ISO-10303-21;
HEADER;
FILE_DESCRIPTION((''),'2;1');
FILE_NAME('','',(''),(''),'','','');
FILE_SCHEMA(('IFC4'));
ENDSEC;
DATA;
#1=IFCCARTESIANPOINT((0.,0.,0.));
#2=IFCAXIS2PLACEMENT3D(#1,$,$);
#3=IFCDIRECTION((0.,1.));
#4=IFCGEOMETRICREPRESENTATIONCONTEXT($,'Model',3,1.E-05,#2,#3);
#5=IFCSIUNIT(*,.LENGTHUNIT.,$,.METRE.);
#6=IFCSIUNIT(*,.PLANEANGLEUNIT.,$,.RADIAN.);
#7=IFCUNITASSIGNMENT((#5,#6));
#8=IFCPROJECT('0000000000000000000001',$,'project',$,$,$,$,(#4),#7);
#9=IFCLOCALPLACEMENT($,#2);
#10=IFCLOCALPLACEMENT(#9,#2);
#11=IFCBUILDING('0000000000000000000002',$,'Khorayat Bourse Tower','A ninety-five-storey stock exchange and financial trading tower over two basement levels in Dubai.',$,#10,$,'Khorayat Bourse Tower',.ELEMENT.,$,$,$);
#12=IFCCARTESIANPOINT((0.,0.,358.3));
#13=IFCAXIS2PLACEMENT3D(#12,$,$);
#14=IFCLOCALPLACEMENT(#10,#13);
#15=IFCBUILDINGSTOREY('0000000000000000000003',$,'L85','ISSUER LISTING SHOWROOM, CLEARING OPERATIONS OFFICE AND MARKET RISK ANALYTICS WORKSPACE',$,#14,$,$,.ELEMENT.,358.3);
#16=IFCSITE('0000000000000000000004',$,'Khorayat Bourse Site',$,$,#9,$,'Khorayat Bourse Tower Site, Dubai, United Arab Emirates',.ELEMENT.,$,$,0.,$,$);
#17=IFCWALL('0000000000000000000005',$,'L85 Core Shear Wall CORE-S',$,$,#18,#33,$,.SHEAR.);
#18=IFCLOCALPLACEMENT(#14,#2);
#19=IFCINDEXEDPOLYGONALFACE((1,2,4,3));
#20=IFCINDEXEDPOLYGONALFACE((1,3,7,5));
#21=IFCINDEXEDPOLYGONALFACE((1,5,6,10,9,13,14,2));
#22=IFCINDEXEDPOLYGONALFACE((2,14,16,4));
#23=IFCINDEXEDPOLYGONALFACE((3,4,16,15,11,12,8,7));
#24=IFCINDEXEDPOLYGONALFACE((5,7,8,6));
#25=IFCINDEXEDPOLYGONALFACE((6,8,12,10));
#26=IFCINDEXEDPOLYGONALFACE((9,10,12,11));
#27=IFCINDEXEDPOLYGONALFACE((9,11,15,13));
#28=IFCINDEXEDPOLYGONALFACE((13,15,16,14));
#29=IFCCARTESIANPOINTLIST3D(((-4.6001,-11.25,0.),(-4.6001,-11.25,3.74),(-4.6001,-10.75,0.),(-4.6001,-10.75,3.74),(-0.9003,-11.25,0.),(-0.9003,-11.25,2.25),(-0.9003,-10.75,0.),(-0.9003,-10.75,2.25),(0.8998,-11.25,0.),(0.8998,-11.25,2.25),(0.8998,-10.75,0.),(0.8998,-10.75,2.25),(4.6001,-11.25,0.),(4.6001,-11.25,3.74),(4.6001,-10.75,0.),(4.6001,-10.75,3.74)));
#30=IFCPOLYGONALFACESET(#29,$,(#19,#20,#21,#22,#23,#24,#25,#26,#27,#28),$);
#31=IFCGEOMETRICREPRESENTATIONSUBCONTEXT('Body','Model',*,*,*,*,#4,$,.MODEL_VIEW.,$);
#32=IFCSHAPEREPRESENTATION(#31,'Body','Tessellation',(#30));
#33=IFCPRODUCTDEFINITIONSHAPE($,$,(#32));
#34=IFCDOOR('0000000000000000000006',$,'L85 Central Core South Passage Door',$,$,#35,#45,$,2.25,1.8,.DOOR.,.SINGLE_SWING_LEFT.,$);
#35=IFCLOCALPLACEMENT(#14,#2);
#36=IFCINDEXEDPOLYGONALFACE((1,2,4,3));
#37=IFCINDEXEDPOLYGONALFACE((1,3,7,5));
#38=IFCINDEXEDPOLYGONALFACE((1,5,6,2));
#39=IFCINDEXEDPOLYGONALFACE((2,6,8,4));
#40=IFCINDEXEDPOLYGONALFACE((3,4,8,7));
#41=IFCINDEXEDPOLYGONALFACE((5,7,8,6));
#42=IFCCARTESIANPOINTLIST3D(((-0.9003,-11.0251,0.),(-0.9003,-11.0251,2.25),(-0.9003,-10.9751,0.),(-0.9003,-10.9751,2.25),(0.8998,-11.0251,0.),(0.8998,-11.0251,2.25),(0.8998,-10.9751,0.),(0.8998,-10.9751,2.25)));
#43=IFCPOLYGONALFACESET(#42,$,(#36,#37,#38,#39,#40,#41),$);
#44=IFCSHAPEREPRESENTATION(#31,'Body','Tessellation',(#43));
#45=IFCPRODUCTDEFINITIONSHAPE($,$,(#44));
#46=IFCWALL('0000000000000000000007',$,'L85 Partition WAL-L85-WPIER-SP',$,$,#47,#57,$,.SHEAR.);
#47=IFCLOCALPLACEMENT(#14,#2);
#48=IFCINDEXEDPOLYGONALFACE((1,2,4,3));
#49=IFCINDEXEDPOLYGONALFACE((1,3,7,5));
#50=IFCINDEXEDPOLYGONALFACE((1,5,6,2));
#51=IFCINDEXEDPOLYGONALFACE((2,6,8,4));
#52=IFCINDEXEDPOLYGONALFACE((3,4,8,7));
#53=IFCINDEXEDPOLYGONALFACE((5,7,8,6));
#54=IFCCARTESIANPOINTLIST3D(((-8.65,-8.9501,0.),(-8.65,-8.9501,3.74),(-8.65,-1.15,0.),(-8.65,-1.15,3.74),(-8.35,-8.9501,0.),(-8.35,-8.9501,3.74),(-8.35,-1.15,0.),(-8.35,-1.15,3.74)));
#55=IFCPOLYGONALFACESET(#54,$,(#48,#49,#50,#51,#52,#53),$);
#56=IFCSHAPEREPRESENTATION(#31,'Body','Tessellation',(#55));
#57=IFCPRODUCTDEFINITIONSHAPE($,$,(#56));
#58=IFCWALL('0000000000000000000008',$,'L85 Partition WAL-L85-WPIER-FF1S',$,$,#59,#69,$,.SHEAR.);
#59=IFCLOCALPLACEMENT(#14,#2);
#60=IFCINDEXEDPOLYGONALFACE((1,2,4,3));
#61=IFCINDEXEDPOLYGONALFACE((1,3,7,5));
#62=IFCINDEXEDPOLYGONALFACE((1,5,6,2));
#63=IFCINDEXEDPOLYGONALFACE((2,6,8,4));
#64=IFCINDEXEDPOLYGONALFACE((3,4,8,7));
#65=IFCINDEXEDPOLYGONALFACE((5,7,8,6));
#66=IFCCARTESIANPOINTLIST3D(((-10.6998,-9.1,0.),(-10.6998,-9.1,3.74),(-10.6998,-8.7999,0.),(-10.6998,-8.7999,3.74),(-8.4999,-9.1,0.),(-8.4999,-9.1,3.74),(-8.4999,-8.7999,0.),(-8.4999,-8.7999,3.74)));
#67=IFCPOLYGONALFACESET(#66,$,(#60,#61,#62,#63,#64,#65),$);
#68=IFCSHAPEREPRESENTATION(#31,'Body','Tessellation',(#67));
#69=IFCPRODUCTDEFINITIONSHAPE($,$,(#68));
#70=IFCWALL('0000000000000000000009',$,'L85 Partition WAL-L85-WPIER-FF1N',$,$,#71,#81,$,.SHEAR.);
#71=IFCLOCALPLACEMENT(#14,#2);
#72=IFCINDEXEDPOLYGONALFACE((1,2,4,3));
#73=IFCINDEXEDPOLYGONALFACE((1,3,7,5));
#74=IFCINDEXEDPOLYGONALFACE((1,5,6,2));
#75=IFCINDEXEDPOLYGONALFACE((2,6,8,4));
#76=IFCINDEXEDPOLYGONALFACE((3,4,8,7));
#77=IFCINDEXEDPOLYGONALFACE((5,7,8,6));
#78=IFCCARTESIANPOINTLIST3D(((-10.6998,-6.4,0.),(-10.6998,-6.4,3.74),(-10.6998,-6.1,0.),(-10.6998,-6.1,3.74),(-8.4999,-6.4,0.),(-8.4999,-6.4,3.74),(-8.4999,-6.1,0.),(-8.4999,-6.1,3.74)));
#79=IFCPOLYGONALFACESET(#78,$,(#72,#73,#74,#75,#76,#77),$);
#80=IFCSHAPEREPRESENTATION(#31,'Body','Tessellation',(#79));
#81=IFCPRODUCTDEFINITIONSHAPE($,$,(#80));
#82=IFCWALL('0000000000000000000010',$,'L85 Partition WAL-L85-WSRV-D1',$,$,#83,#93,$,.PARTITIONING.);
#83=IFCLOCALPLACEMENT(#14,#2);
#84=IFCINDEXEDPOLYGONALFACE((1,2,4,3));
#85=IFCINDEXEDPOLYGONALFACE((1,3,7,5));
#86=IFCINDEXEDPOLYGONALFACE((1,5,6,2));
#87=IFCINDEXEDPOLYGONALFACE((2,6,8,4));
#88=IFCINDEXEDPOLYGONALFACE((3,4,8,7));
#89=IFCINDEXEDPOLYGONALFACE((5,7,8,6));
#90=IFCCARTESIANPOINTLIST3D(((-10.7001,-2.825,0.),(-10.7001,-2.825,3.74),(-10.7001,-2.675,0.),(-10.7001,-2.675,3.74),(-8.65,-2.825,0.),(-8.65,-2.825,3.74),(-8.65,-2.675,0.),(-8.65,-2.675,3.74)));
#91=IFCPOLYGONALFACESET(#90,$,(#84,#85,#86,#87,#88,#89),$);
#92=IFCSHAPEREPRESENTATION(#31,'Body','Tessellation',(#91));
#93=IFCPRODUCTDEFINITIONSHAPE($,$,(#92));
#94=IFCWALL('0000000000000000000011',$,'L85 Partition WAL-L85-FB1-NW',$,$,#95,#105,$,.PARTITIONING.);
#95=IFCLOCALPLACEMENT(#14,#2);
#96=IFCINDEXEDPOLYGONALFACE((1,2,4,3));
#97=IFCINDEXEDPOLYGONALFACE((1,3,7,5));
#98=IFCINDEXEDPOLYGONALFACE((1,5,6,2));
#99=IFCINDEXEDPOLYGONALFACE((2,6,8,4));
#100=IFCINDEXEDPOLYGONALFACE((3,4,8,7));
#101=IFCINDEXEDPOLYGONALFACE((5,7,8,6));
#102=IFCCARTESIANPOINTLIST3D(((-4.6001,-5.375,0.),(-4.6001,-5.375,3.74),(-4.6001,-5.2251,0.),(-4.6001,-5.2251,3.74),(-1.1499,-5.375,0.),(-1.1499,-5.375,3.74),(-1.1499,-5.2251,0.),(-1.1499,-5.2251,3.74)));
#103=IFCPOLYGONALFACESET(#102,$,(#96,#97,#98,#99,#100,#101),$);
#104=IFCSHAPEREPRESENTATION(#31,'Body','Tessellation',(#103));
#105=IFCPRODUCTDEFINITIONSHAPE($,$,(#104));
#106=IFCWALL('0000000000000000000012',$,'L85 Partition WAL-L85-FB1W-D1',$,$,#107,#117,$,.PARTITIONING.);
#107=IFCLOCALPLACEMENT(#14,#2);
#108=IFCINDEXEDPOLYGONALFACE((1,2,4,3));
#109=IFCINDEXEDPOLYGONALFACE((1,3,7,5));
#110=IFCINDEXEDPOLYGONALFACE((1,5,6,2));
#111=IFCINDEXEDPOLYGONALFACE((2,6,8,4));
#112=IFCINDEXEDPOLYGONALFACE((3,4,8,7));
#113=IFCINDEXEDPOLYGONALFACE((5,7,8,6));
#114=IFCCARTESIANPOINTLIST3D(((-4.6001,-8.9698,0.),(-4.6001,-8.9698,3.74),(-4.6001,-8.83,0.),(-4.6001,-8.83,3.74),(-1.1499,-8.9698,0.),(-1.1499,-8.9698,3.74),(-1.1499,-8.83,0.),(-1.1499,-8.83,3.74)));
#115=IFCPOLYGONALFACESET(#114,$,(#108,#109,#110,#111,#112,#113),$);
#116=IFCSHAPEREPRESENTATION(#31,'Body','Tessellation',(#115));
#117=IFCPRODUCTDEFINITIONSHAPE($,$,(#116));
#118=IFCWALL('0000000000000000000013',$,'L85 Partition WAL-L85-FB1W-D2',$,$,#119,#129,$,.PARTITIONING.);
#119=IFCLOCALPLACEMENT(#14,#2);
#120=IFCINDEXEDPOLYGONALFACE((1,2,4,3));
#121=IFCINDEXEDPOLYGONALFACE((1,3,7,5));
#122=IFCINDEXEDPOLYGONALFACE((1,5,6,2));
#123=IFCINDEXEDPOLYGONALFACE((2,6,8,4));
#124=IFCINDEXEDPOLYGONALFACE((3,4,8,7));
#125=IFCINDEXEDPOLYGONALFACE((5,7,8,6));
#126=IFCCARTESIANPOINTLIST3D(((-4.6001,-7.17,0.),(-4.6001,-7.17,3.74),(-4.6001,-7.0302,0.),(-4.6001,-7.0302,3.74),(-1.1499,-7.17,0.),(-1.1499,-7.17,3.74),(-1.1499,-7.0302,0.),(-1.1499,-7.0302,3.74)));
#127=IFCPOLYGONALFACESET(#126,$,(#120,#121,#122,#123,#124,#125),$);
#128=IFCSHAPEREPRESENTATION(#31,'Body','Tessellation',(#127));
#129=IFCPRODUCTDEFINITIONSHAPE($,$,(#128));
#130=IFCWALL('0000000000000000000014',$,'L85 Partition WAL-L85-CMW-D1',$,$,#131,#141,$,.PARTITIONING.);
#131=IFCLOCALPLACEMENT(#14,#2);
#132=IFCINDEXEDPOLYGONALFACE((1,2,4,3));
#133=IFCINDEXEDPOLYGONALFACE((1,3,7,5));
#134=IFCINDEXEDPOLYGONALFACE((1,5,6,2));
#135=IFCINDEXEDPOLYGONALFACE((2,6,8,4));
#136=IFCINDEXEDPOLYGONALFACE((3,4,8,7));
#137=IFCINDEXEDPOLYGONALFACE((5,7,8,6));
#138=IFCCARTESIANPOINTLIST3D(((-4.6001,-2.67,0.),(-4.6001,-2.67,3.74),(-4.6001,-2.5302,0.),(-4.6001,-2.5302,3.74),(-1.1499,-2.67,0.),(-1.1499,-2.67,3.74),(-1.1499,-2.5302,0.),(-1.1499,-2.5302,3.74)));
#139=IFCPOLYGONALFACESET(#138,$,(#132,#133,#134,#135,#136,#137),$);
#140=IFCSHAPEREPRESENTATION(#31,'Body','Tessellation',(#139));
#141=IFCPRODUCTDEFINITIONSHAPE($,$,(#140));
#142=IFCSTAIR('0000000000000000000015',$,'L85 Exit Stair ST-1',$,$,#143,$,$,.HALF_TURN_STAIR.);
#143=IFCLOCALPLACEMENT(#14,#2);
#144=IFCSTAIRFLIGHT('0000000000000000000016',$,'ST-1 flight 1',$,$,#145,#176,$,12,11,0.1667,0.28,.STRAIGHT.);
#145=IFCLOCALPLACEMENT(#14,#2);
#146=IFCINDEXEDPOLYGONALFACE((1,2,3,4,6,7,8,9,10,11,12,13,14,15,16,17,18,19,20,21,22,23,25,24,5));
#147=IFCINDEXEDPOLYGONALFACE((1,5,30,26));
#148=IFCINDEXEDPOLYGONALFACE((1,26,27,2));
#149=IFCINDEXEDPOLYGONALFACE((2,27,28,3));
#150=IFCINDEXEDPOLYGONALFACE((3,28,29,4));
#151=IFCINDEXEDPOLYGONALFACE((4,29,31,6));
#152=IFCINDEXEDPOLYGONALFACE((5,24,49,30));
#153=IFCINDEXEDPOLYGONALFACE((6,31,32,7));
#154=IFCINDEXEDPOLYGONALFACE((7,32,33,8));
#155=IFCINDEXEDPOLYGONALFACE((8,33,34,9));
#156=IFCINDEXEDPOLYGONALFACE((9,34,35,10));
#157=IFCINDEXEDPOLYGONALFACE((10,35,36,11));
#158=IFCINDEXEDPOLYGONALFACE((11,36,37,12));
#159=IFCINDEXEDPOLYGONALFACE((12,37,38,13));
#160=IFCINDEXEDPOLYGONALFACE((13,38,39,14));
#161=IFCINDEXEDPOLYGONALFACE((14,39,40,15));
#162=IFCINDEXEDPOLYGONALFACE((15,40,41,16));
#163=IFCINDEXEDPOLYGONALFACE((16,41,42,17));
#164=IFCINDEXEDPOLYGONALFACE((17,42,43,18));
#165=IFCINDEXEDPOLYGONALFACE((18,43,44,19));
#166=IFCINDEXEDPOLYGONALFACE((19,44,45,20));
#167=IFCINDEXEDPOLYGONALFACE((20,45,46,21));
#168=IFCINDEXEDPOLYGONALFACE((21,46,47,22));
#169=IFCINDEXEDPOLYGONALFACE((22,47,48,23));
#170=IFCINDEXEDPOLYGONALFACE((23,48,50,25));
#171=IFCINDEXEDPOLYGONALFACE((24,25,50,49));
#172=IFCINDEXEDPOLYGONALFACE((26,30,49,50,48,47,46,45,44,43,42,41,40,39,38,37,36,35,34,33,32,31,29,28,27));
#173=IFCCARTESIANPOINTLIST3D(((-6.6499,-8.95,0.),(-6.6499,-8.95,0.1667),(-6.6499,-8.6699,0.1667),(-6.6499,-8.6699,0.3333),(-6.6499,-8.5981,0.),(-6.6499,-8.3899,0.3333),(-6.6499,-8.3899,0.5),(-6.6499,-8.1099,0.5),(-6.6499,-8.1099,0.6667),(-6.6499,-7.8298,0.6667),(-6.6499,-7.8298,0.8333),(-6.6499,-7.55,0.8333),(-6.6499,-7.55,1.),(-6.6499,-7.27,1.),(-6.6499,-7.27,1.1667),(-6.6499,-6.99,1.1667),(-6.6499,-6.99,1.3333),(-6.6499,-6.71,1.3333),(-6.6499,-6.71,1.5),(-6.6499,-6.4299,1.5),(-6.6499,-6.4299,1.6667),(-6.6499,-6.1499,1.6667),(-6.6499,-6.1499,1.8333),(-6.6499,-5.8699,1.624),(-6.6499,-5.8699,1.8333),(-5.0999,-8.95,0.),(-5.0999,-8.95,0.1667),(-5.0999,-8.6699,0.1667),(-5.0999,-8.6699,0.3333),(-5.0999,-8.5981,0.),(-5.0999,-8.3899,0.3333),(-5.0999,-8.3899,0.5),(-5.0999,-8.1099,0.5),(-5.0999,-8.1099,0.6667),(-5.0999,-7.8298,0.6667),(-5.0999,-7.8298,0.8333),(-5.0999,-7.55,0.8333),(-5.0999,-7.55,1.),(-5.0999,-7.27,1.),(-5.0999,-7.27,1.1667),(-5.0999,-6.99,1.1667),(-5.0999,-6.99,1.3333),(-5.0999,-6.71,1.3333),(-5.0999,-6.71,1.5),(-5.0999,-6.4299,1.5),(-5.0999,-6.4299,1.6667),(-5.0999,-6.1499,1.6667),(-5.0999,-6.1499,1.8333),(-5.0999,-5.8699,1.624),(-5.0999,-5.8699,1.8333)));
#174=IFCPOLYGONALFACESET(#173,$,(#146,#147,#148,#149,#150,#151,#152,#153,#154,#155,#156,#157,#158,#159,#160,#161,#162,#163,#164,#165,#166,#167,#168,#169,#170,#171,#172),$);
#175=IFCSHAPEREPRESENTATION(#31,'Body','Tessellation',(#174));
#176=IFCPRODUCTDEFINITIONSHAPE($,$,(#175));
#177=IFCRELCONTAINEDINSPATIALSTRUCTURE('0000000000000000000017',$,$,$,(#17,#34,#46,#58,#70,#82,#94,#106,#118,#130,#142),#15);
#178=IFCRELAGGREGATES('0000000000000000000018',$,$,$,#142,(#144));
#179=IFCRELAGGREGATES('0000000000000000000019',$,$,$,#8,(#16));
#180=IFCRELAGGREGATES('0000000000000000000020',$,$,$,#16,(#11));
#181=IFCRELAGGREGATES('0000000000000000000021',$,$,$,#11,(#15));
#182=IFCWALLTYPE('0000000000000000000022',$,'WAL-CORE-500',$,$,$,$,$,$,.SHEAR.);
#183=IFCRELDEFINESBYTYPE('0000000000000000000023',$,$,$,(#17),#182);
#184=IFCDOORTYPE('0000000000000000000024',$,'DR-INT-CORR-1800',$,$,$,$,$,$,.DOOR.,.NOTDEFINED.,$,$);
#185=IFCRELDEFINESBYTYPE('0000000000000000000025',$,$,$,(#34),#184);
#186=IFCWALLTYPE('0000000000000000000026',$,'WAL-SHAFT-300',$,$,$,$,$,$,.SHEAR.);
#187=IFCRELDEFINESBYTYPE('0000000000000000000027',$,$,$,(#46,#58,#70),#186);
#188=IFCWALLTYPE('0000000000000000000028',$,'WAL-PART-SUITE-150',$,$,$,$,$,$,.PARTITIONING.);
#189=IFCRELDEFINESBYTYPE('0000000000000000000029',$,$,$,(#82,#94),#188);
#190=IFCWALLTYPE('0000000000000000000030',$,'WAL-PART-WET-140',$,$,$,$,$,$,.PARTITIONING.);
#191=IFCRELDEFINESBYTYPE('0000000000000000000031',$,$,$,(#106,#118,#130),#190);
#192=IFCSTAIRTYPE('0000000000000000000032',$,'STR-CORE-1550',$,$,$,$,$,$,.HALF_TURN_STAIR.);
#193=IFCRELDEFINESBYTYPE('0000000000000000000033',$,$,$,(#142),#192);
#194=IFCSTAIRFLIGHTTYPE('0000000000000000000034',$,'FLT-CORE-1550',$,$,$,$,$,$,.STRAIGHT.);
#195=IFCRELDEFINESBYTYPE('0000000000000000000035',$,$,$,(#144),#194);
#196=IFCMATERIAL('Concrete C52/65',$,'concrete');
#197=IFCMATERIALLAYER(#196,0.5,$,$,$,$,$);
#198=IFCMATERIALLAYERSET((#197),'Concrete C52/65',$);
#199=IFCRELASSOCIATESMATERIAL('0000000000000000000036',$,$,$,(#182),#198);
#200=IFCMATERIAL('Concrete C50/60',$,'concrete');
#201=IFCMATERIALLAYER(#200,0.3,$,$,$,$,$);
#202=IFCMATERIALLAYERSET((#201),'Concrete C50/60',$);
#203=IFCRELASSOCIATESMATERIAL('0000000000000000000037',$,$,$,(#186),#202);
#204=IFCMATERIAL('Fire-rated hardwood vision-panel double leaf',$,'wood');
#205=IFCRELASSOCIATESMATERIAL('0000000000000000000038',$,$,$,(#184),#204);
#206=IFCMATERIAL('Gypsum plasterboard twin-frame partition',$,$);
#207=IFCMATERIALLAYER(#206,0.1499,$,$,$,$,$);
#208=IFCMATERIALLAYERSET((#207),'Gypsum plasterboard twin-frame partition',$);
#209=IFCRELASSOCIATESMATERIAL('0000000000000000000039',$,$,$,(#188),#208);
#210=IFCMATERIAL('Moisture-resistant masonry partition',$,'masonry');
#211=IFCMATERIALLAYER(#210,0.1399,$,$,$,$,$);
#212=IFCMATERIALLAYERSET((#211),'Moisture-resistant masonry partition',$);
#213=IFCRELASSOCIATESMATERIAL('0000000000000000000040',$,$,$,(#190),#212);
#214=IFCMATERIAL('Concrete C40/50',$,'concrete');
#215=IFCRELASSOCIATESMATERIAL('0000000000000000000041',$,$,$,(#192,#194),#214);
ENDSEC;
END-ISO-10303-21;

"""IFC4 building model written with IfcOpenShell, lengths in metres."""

from ifc_helpers import new_model, si_unit, direction, frame, frame_2d, origin, place, context, subcontext, project, spatial, polyline, rectangle, outline, extrude, source, transform, mapped, material, layer, layer_set, type_object, element, fill, aggregate, save


model = new_model("IFC4")

# Units and contexts
model_context = context("Model", 3, precision=1e-05, world=origin(), true_north=direction((0.0, 1.0)))
body_context = subcontext(model_context, "Body", "Model", "MODEL_VIEW")
ifc_project = project(units=[si_unit("LENGTHUNIT", "METRE"), si_unit("PLANEANGLEUNIT", "RADIAN")], contexts=[model_context])

# Site, building, storey
site_placement = place(None, origin())
site = spatial("IfcSite", under=ifc_project, at=site_placement, Name="Khorayat Bourse Site", LongName="Khorayat Bourse Tower Site, Dubai, United Arab Emirates", CompositionType="ELEMENT", RefElevation=0.0)
building_placement = place(site_placement, origin())
building = spatial("IfcBuilding", under=site, at=building_placement, Name="Khorayat Bourse Tower", Description="A ninety-five-storey stock exchange and financial trading tower over two basement levels in Dubai.", LongName="Khorayat Bourse Tower", CompositionType="ELEMENT")
storey_placement = place(building_placement, frame((0.0, 0.0, 358.3)))
storey = spatial("IfcBuildingStorey", under=building, at=storey_placement, Name="L85", Description="ISSUER LISTING SHOWROOM, CLEARING OPERATIONS OFFICE AND MARKET RISK ANALYTICS WORKSPACE", CompositionType="ELEMENT", Elevation=358.3)

# Shared definitions
ifc_material_1 = material(Name="Concrete C52/65", Category="concrete")

# Shared definitions
ifc_layer_1 = layer(ifc_material_1, 0.5)
ifc_layer_set_1 = layer_set([ifc_layer_1], Name="Concrete C52/65")
wall_type_1 = type_object("IfcWallType", Name="WAL-CORE-500", PredefinedType="SHEAR", material=ifc_layer_set_1)
ifc_material_2 = material(Name="Concrete C50/60", Category="concrete")
ifc_layer_2 = layer(ifc_material_2, 0.3)
ifc_layer_set_2 = layer_set([ifc_layer_2], Name="Concrete C50/60")
wall_type_2 = type_object("IfcWallType", Name="WAL-SHAFT-300", PredefinedType="SHEAR", material=ifc_layer_set_2)

# Wall, opening, door
shared_shape_1 = source(origin(), body_context, "Body", "SweptSolid", [
    extrude(rectangle(XDim=9.2002, YDim=0.5, at=frame_2d((4.6001, 0.0))), origin(), (0.0, 0.0, 1.0), 3.74),
])
wall_1_placement = place(storey_placement, frame((-4.6001, -11.0, 0.0), z_axis=(0.0, 0.0, 1.0), x_axis=(1.0, 0.0, 0.0)))
wall_1 = element("IfcWall", 1, at=wall_1_placement, inside=storey, type_object=wall_type_1, Name="L85 Core Shear Wall CORE-S", PredefinedType="SHEAR", context=body_context, shape_type="MappedRepresentation", body=[
    mapped(shared_shape_1, transform((0.0, 0.0, 0.0), scale=1.0)),
])
shared_shape_2 = source(origin(), body_context, "Body", "SweptSolid", [
    extrude(rectangle(XDim=1.8, YDim=2.25, at=frame_2d((0.8999, 1.125))), frame((0.0, 0.26, 0.0), z_axis=(0.0, -1.0, 0.0), x_axis=(1.0, 0.0, 0.0)), (0.0, 0.0, 1.0), 0.52),
])
opening_placement = place(wall_1_placement, frame((3.7, 0.0, 0.0)))
opening = element("IfcOpeningElement", 2, at=opening_placement, cuts=wall_1, PredefinedType="OPENING", context=body_context, shape_type="MappedRepresentation", body=[
    mapped(shared_shape_2, transform((0.0, 0.0, 0.0), scale=1.0)),
])
ifc_material_3 = material(Name="Fire-rated hardwood vision-panel double leaf", Category="wood")
door_type = type_object("IfcDoorType", Name="DR-INT-CORR-1800", OperationType="NOTDEFINED", PredefinedType="DOOR", material=ifc_material_3)
shared_shape_3 = source(origin(), body_context, "Body", "SweptSolid", [
    extrude(rectangle(XDim=1.8, YDim=2.25, at=frame_2d((0.8999, 1.125))), frame((0.0, 0.0249, 0.0), z_axis=(0.0, -1.0, 0.0), x_axis=(1.0, 0.0, 0.0)), (0.0, 0.0, 1.0), 0.05),
])
door_placement = place(opening_placement, origin())
door = element("IfcDoor", 3, at=door_placement, inside=storey, type_object=door_type, Name="L85 Central Core South Passage Door", OperationType="SINGLE_SWING_LEFT", OverallHeight=2.25, OverallWidth=1.8, PredefinedType="DOOR", context=body_context, shape_type="MappedRepresentation", body=[
    mapped(shared_shape_3, transform((0.0, 0.0, 0.0), scale=1.0)),
])
fill(opening, door)

# Walls
shared_shape_4 = source(origin(), body_context, "Body", "SweptSolid", [
    extrude(rectangle(XDim=7.8, YDim=0.3, at=frame_2d((3.8999, 0.0))), origin(), (0.0, 0.0, 1.0), 3.74),
])
wall_2_placement = place(storey_placement, frame((-8.5, -8.95, 0.0), z_axis=(0.0, 0.0, 1.0), x_axis=(0.0, 1.0, 0.0)))
element("IfcWall", 4, at=wall_2_placement, inside=storey, type_object=wall_type_2, Name="L85 Partition WAL-L85-WPIER-SP", PredefinedType="SHEAR", context=body_context, shape_type="MappedRepresentation", body=[
    mapped(shared_shape_4, transform((0.0, 0.0, 0.0), scale=1.0)),
])
shared_shape_5 = source(origin(), body_context, "Body", "SweptSolid", [
    extrude(rectangle(XDim=2.2, YDim=0.3, at=frame_2d((1.1001, 0.0))), origin(), (0.0, 0.0, 1.0), 3.74),
])
for number, where, z_axis, x_axis, name in (
    (5, (-10.7, -8.95, 0.0), (0.0, 0.0, 1.0), (1.0, 0.0, 0.0), "L85 Partition WAL-L85-WPIER-FF1S"),
    (6, (-10.7, -6.25, 0.0), (0.0, 0.0, 1.0), (1.0, 0.0, 0.0), "L85 Partition WAL-L85-WPIER-FF1N"),
):
    element("IfcWall", number, at=place(storey_placement, frame(where, z_axis=z_axis, x_axis=x_axis)), inside=storey, type_object=wall_type_2, Name=name, PredefinedType="SHEAR", context=body_context, shape_type="MappedRepresentation", body=[
        mapped(shared_shape_5, transform((0.0, 0.0, 0.0), scale=1.0)),
    ])
ifc_material_4 = material(Name="Gypsum plasterboard twin-frame partition")
ifc_layer_3 = layer(ifc_material_4, 0.1499)
ifc_layer_set_3 = layer_set([ifc_layer_3], Name="Gypsum plasterboard twin-frame partition")
wall_type_3 = type_object("IfcWallType", Name="WAL-PART-SUITE-150", PredefinedType="PARTITIONING", material=ifc_layer_set_3)
shared_shape_6 = source(origin(), body_context, "Body", "SweptSolid", [
    extrude(rectangle(XDim=2.05, YDim=0.1499, at=frame_2d((1.0249, 0.0))), origin(), (0.0, 0.0, 1.0), 3.74),
])
wall_3_placement = place(storey_placement, frame((-10.7, -2.75, 0.0), z_axis=(0.0, 0.0, 1.0), x_axis=(1.0, 0.0, 0.0)))
element("IfcWall", 7, at=wall_3_placement, inside=storey, type_object=wall_type_3, Name="L85 Partition WAL-L85-WSRV-D1", PredefinedType="PARTITIONING", context=body_context, shape_type="MappedRepresentation", body=[
    mapped(shared_shape_6, transform((0.0, 0.0, 0.0), scale=1.0)),
])
shared_shape_7 = source(origin(), body_context, "Body", "SweptSolid", [
    extrude(rectangle(XDim=3.4502, YDim=0.1499, at=frame_2d((1.7251, 0.0))), origin(), (0.0, 0.0, 1.0), 3.74),
])
wall_4_placement = place(storey_placement, frame((-4.6001, -5.3, 0.0), z_axis=(0.0, 0.0, 1.0), x_axis=(1.0, 0.0, 0.0)))
element("IfcWall", 8, at=wall_4_placement, inside=storey, type_object=wall_type_3, Name="L85 Partition WAL-L85-FB1-NW", PredefinedType="PARTITIONING", context=body_context, shape_type="MappedRepresentation", body=[
    mapped(shared_shape_7, transform((0.0, 0.0, 0.0), scale=1.0)),
])
ifc_material_5 = material(Name="Moisture-resistant masonry partition", Category="masonry")
ifc_layer_4 = layer(ifc_material_5, 0.1399)
ifc_layer_set_4 = layer_set([ifc_layer_4], Name="Moisture-resistant masonry partition")
wall_type_4 = type_object("IfcWallType", Name="WAL-PART-WET-140", PredefinedType="PARTITIONING", material=ifc_layer_set_4)
shared_shape_8 = source(origin(), body_context, "Body", "SweptSolid", [
    extrude(rectangle(XDim=3.4502, YDim=0.1399, at=frame_2d((1.7251, 0.0))), origin(), (0.0, 0.0, 1.0), 3.74),
])
for number, where, z_axis, x_axis, name in (
    (9, (-4.6001, -8.8999, 0.0), (0.0, 0.0, 1.0), (1.0, 0.0, 0.0), "L85 Partition WAL-L85-FB1W-D1"),
    (10, (-4.6001, -7.1001, 0.0), (0.0, 0.0, 1.0), (1.0, 0.0, 0.0), "L85 Partition WAL-L85-FB1W-D2"),
    (11, (-4.6001, -2.6001, 0.0), (0.0, 0.0, 1.0), (1.0, 0.0, 0.0), "L85 Partition WAL-L85-CMW-D1"),
):
    element("IfcWall", number, at=place(storey_placement, frame(where, z_axis=z_axis, x_axis=x_axis)), inside=storey, type_object=wall_type_4, Name=name, PredefinedType="PARTITIONING", context=body_context, shape_type="MappedRepresentation", body=[
        mapped(shared_shape_8, transform((0.0, 0.0, 0.0), scale=1.0)),
    ])

# Stair, stair flight
ifc_material_6 = material(Name="Concrete C40/50", Category="concrete")
stair_type = type_object("IfcStairType", Name="STR-CORE-1550", PredefinedType="HALF_TURN_STAIR", material=ifc_material_6)
stair_placement = place(storey_placement, origin())
stair = element("IfcStair", 12, at=stair_placement, inside=storey, type_object=stair_type, Name="L85 Exit Stair ST-1", PredefinedType="HALF_TURN_STAIR")
stair_flight_type = type_object("IfcStairFlightType", Name="FLT-CORE-1550", PredefinedType="STRAIGHT", material=ifc_material_6)
shared_shape_9 = source(origin(), body_context, "Body", "SweptSolid", [
    extrude(outline(polyline([(0.0, 0.0), (0.0, 0.1667), (0.28, 0.1667), (0.28, 0.3333), (0.5601, 0.3333), (0.5601, 0.5), (0.8401, 0.5), (0.8401, 0.6667), (1.1201, 0.6667), (1.1201, 0.8333), (1.3999, 0.8333), (1.3999, 1.0), (1.6799, 1.0), (1.6799, 1.1667), (1.96, 1.1667), (1.96, 1.3333), (2.24, 1.3333), (2.24, 1.5), (2.52, 1.5), (2.52, 1.6667), (2.8, 1.6667), (2.8, 1.8333), (3.0801, 1.8333), (3.0801, 2.0), (3.0801, 1.624), (0.3518, 0.0), (0.0, 0.0)])), frame((0.0, 0.7749, 0.0), z_axis=(0.0, -1.0, 0.0), x_axis=(1.0, 0.0, 0.0)), (0.0, 0.0, 1.0), 1.55),
])
stair_flight_1_placement = place(storey_placement, frame((-5.875, -8.95, 0.0), z_axis=(0.0, 0.0, 1.0), x_axis=(0.0, 1.0, 0.0)))
stair_flight_1 = element("IfcStairFlight", 13, at=stair_flight_1_placement, type_object=stair_flight_type, Name="ST-1 flight 1", NumberOfRisers=12, NumberOfTreads=11, PredefinedType="STRAIGHT", RiserHeight=0.1667, TreadLength=0.28, context=body_context, shape_type="MappedRepresentation", body=[
    mapped(shared_shape_9, transform((0.0, 0.0, 0.0), scale=1.0)),
])
aggregate(stair, [stair_flight_1])

save(model, "model.ifc")
